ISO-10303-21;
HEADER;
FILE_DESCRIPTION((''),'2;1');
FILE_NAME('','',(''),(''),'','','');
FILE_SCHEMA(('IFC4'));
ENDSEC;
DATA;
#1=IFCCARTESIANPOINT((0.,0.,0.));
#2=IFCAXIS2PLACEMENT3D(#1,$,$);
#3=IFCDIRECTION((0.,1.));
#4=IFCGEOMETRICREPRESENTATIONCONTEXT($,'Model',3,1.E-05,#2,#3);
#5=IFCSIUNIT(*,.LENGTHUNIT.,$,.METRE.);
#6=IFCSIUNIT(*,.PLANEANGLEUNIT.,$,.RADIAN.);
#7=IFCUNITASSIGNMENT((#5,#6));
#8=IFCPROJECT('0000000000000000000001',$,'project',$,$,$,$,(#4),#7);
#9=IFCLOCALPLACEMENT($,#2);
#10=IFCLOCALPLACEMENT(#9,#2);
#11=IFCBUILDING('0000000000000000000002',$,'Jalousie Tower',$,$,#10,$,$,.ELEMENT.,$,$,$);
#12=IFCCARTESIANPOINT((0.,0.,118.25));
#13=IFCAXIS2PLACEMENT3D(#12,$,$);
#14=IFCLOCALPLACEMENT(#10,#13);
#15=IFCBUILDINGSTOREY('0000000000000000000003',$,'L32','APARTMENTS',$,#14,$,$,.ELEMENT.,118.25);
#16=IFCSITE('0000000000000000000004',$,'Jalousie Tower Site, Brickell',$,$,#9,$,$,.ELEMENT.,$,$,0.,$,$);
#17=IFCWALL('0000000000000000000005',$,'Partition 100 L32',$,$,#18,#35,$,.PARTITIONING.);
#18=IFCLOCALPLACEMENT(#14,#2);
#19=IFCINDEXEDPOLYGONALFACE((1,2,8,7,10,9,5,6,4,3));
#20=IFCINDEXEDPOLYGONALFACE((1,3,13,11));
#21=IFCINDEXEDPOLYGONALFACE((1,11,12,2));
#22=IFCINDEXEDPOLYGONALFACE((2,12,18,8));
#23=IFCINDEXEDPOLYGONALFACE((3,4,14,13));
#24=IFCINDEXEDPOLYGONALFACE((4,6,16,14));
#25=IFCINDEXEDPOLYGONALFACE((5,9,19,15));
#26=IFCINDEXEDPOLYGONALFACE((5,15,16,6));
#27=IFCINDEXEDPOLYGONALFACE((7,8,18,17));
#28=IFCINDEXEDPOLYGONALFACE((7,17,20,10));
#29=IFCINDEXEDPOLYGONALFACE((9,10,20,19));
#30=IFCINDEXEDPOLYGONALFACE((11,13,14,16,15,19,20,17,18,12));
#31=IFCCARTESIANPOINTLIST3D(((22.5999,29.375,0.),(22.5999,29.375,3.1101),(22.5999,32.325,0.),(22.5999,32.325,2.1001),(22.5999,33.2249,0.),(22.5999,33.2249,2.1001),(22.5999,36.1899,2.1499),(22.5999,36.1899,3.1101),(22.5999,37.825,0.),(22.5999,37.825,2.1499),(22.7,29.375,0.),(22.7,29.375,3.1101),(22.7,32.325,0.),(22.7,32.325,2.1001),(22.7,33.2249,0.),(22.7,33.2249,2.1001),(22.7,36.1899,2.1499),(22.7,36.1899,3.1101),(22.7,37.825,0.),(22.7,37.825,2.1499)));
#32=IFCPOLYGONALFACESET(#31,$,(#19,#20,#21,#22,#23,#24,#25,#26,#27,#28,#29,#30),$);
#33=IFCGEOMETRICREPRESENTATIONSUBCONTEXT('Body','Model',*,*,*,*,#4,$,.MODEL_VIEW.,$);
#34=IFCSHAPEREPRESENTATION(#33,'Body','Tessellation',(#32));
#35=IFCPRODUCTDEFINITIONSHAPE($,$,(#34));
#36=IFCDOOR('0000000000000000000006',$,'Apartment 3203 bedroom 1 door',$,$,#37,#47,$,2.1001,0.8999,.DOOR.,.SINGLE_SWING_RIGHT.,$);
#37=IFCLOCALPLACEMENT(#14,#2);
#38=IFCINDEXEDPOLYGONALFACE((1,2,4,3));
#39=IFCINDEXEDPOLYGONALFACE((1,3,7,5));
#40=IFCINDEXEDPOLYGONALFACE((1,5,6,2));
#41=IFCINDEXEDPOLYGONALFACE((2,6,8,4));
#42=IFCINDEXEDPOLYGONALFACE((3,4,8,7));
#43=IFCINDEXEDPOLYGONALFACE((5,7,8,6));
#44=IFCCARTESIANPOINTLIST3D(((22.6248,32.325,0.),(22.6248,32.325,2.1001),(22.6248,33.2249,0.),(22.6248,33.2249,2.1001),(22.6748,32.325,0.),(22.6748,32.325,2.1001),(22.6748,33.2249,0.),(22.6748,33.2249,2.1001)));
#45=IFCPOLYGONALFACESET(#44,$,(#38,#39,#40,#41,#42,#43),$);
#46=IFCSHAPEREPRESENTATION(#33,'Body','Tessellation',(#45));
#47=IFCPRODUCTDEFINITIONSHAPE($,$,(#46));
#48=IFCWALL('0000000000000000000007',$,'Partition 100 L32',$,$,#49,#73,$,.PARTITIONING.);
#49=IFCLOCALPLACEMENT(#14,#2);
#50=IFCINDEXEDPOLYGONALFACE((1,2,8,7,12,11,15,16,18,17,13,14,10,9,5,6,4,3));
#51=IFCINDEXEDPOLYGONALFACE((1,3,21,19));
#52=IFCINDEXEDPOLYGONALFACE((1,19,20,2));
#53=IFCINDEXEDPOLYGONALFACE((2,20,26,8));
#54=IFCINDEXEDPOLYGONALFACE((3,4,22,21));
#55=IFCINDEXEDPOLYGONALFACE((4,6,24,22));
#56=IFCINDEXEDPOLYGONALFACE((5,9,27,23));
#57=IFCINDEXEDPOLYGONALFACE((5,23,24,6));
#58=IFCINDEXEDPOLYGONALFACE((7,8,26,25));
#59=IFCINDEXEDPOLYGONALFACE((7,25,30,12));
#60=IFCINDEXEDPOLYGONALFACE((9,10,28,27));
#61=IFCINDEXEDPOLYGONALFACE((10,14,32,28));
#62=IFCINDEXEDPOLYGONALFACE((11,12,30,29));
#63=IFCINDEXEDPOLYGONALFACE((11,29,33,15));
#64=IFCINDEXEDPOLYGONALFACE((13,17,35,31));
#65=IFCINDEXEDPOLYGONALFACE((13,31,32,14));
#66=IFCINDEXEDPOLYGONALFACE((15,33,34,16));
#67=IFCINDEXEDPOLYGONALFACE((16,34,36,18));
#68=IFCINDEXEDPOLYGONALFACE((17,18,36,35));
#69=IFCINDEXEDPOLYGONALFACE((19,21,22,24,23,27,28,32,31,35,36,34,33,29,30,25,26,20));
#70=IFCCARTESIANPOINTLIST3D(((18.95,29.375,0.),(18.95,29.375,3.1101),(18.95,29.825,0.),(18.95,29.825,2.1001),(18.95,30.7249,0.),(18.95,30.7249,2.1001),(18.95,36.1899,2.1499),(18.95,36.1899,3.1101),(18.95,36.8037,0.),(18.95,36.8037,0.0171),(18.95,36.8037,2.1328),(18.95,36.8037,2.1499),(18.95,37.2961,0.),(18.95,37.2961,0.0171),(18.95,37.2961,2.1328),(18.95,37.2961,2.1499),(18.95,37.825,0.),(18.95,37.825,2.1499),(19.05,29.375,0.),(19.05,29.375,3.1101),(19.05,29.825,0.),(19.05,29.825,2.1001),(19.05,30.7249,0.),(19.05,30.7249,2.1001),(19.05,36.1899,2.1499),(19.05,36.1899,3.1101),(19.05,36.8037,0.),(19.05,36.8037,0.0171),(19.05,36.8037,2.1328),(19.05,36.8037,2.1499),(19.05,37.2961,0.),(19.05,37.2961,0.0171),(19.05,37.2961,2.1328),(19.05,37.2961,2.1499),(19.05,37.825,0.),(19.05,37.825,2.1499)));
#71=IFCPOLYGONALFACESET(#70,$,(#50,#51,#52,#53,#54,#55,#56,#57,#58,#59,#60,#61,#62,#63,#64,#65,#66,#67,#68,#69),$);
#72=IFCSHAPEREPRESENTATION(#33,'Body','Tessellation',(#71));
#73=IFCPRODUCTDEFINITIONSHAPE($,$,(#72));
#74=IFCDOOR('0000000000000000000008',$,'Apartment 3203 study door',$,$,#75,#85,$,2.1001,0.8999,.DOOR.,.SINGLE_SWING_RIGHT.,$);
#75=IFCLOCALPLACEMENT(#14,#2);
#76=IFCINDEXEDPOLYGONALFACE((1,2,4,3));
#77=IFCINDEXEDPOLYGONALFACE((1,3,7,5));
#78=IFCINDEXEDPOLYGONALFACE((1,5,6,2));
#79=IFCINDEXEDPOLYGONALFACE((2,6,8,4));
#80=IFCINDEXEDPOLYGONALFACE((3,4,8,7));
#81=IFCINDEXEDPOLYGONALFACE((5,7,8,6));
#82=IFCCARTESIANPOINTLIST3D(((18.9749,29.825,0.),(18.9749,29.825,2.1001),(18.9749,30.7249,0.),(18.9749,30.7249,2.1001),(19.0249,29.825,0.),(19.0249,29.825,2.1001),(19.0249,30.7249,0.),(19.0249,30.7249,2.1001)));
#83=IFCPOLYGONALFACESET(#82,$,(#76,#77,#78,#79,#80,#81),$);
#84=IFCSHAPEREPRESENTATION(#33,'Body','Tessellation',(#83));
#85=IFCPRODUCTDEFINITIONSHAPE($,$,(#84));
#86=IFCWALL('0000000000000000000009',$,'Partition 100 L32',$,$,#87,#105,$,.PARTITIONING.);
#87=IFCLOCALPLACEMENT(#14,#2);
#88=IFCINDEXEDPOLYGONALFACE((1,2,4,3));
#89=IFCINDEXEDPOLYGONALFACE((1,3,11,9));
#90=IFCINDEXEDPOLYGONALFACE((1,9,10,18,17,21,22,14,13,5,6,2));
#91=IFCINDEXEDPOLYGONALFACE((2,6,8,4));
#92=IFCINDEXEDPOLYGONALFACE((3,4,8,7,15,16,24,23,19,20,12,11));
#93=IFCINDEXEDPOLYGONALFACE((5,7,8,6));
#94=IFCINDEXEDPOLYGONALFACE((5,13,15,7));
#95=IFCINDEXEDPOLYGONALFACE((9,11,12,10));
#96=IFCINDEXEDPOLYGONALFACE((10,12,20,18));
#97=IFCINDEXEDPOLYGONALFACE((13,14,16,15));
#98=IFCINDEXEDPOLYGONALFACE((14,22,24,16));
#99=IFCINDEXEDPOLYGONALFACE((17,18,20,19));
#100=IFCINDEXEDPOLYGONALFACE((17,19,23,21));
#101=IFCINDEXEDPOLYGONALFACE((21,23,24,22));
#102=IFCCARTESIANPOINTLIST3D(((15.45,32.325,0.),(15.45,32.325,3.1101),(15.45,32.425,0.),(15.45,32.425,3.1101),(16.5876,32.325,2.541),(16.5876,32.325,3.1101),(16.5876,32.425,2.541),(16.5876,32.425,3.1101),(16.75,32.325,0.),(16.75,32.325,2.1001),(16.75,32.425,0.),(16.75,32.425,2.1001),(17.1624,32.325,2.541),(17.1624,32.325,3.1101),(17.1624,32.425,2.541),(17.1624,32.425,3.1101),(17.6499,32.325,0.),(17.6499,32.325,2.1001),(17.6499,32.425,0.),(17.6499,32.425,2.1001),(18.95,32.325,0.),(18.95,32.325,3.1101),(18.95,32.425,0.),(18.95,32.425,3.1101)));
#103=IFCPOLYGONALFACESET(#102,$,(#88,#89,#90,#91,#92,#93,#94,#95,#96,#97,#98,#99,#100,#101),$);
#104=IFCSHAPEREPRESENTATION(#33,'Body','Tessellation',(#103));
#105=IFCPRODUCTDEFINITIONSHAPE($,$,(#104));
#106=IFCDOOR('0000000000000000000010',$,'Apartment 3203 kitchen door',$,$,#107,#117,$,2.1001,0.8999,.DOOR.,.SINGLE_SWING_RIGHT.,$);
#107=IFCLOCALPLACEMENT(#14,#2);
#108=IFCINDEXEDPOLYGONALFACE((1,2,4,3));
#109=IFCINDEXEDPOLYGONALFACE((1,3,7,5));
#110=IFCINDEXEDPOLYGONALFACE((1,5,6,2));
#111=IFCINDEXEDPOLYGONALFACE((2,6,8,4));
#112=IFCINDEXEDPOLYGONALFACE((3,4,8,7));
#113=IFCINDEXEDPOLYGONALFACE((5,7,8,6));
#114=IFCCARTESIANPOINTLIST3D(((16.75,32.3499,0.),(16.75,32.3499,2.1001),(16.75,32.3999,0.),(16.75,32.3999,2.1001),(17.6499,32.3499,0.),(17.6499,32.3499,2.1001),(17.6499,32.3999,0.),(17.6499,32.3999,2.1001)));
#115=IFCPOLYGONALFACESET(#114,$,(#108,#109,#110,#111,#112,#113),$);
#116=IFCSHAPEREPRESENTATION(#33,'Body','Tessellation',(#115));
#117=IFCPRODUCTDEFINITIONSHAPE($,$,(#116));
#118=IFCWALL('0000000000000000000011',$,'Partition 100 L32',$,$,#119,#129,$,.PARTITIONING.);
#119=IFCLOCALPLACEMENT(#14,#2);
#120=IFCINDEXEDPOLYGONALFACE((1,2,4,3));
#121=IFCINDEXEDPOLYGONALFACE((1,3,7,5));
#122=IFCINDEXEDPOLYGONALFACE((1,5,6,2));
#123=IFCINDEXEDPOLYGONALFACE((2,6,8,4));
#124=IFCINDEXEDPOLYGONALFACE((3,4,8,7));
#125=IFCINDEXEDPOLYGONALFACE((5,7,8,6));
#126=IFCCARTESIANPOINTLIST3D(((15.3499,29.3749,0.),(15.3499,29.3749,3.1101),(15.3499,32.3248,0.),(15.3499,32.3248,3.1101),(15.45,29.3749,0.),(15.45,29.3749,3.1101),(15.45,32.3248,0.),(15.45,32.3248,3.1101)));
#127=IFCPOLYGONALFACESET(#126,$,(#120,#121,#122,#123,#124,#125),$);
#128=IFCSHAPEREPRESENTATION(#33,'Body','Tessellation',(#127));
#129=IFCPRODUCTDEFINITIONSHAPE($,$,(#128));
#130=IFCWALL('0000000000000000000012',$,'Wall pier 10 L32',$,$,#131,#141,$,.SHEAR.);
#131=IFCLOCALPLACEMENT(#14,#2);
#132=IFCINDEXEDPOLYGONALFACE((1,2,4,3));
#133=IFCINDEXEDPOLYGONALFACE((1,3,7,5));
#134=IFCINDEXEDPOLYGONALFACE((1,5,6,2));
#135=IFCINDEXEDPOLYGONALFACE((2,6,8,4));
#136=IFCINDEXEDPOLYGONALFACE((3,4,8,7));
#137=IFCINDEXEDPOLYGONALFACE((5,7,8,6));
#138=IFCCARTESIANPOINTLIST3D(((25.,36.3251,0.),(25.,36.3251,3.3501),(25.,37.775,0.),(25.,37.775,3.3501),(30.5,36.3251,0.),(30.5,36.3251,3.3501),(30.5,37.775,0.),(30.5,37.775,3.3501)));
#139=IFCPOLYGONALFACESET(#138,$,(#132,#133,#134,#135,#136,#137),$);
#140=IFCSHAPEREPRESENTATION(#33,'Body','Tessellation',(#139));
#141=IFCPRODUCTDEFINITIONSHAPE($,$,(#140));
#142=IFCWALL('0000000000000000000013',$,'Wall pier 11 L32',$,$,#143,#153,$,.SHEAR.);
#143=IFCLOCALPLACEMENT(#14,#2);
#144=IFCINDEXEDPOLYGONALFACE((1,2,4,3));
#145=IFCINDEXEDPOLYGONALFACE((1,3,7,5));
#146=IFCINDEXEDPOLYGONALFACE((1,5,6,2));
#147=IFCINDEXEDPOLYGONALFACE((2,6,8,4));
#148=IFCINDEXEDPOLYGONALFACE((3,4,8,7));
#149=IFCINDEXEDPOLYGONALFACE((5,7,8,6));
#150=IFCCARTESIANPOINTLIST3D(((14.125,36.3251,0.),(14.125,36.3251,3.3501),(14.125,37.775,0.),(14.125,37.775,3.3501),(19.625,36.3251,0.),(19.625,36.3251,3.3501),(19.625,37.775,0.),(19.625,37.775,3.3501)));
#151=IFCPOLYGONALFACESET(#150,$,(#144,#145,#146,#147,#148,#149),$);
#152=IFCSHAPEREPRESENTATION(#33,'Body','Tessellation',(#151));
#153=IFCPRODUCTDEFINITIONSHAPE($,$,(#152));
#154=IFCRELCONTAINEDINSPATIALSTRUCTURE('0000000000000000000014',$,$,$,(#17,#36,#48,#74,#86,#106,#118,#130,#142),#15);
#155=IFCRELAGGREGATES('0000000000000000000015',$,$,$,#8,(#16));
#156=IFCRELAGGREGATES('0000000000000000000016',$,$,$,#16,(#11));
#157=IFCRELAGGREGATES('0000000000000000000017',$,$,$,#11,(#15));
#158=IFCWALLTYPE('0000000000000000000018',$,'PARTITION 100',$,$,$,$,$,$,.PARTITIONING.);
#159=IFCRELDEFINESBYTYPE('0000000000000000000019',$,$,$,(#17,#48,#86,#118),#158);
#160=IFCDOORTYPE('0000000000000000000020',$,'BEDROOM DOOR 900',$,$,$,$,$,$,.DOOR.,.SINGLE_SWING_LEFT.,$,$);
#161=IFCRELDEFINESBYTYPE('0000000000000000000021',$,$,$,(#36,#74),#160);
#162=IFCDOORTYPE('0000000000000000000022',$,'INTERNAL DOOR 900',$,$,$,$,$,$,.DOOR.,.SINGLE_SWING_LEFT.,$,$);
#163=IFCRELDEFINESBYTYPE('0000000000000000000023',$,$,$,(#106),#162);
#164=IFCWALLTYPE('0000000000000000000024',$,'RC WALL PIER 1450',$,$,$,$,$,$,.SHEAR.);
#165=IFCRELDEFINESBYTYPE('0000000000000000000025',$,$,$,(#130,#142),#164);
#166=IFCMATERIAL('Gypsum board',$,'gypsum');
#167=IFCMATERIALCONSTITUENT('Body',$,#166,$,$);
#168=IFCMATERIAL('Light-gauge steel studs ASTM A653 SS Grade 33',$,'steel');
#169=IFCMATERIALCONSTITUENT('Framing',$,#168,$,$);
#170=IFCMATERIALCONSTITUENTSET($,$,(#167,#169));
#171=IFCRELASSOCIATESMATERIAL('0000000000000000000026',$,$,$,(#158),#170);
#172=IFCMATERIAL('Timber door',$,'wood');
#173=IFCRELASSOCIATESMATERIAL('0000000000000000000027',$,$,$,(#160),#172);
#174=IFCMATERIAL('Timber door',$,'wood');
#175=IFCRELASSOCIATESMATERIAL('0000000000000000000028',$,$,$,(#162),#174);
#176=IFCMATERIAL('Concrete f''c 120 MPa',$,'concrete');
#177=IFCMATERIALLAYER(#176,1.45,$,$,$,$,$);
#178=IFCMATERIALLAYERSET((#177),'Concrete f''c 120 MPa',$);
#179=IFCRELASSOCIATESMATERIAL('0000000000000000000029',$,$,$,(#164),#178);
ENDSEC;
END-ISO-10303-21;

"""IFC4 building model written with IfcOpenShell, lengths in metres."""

from ifc_helpers import new_model, si_unit, direction, frame, frame_2d, origin, place, context, subcontext, project, spatial, polyline, rectangle, outline, extrude, material, layer, layer_set, constituent, constituent_set, type_object, element, fill, save


model = new_model("IFC4")

# Units and contexts
model_context = context("Model", 3, precision=1e-05, world=origin(), true_north=direction((0.0, 1.0)))
body_context = subcontext(model_context, "Body", "Model", "MODEL_VIEW")
ifc_project = project(units=[si_unit("LENGTHUNIT", "METRE"), si_unit("PLANEANGLEUNIT", "RADIAN")], contexts=[model_context])

# Site, building, storey
site_placement = place(None, origin())
site = spatial("IfcSite", under=ifc_project, at=site_placement, Name="Jalousie Tower Site, Brickell", CompositionType="ELEMENT", RefElevation=0.0)
building_placement = place(site_placement, origin())
building = spatial("IfcBuilding", under=site, at=building_placement, Name="Jalousie Tower", CompositionType="ELEMENT")
storey_placement = place(building_placement, frame((0.0, 0.0, 118.25)))
storey = spatial("IfcBuildingStorey", under=building, at=storey_placement, Name="L32", Description="APARTMENTS", CompositionType="ELEMENT", Elevation=118.25)

# Walls, openings, doors
ifc_material_1 = material(Name="Gypsum board", Category="gypsum")
ifc_constituent_1 = constituent(ifc_material_1, Name="Body")
ifc_material_2 = material(Name="Light-gauge steel studs ASTM A653 SS Grade 33", Category="steel")
ifc_constituent_2 = constituent(ifc_material_2, Name="Framing")
ifc_constituent_set_1 = constituent_set(constituents=[ifc_constituent_1, ifc_constituent_2])
wall_type_1 = type_object("IfcWallType", Name="PARTITION 100", PredefinedType="PARTITIONING", material=ifc_constituent_set_1)
wall_1_placement = place(storey_placement, frame((22.6499, 37.825, 0.0), z_axis=(0.0, 0.0, 1.0), x_axis=(0.0, -1.0, 0.0)))
wall_1 = element("IfcWall", 1, at=wall_1_placement, inside=storey, type_object=wall_type_1, Name="Partition 100 L32", PredefinedType="PARTITIONING", context=body_context, shape_type="SweptSolid", body=[
    extrude(outline(polyline([(0.0, 0.0), (8.45, 0.0), (8.45, 3.1101), (1.635, 3.1101), (1.635, 2.1499), (0.0, 2.1499), (0.0, 3.1101), (0.0, 0.0)])), frame((0.0, 0.05, 0.0), z_axis=(0.0, -1.0, 0.0), x_axis=(1.0, 0.0, 0.0)), (0.0, 0.0, 1.0), 0.1001),
])
opening_1_placement = place(wall_1_placement, frame((4.6001, 0.0, 0.0)))
opening_1 = element("IfcOpeningElement", 2, at=opening_1_placement, cuts=wall_1, PredefinedType="OPENING", context=body_context, shape_type="SweptSolid", body=[
    extrude(rectangle(XDim=0.8999, YDim=2.1001, at=frame_2d((0.45, 1.05))), frame((0.0, 0.0601, 0.0), z_axis=(0.0, -1.0, 0.0), x_axis=(1.0, 0.0, 0.0)), (0.0, 0.0, 1.0), 0.1201),
])
ifc_material_3 = material(Name="Timber door", Category="wood")
door_type_1 = type_object("IfcDoorType", Name="BEDROOM DOOR 900", OperationType="SINGLE_SWING_LEFT", PredefinedType="DOOR", material=ifc_material_3)
door_1_placement = place(opening_1_placement, origin())
door_1 = element("IfcDoor", 3, at=door_1_placement, inside=storey, type_object=door_type_1, Name="Apartment 3203 bedroom 1 door", OperationType="SINGLE_SWING_RIGHT", OverallHeight=2.1001, OverallWidth=0.8999, PredefinedType="DOOR", context=body_context, shape_type="SweptSolid", body=[
    extrude(rectangle(XDim=0.8999, YDim=2.1001, at=frame_2d((0.45, 1.05))), frame((0.0, 0.0249, 0.0), z_axis=(0.0, -1.0, 0.0), x_axis=(1.0, 0.0, 0.0)), (0.0, 0.0, 1.0), 0.05),
])
fill(opening_1, door_1)
wall_2_placement = place(storey_placement, frame((19.0, 37.825, 0.0), z_axis=(0.0, 0.0, 1.0), x_axis=(0.0, -1.0, 0.0)))
wall_2 = element("IfcWall", 4, at=wall_2_placement, inside=storey, type_object=wall_type_1, Name="Partition 100 L32", PredefinedType="PARTITIONING", context=body_context, shape_type="SweptSolid", body=[
    extrude(outline(polyline([(0.5288, 2.1499), (0.0, 2.1499), (0.0, 0.0), (0.5288, 0.0), (0.5288, 0.0171), (1.0212, 0.0171), (1.0212, 0.0), (8.45, 0.0), (8.45, 3.1101), (1.635, 3.1101), (1.635, 2.1499), (1.0212, 2.1499), (1.0212, 2.1328), (0.5288, 2.1328), (0.5288, 2.1499)])), frame((0.0, 0.05, 0.0), z_axis=(0.0, -1.0, 0.0), x_axis=(1.0, 0.0, 0.0)), (0.0, 0.0, 1.0), 0.1001),
])
opening_2_placement = place(wall_2_placement, frame((7.1001, 0.0, 0.0)))
opening_2 = element("IfcOpeningElement", 5, at=opening_2_placement, cuts=wall_2, PredefinedType="OPENING", context=body_context, shape_type="SweptSolid", body=[
    extrude(rectangle(XDim=0.8999, YDim=2.1001, at=frame_2d((0.45, 1.05))), frame((0.0, 0.0601, 0.0), z_axis=(0.0, -1.0, 0.0), x_axis=(1.0, 0.0, 0.0)), (0.0, 0.0, 1.0), 0.1201),
])
door_2_placement = place(opening_2_placement, origin())
door_2 = element("IfcDoor", 6, at=door_2_placement, inside=storey, type_object=door_type_1, Name="Apartment 3203 study door", OperationType="SINGLE_SWING_RIGHT", OverallHeight=2.1001, OverallWidth=0.8999, PredefinedType="DOOR", context=body_context, shape_type="SweptSolid", body=[
    extrude(rectangle(XDim=0.8999, YDim=2.1001, at=frame_2d((0.45, 1.05))), frame((0.0, 0.0249, 0.0), z_axis=(0.0, -1.0, 0.0), x_axis=(1.0, 0.0, 0.0)), (0.0, 0.0, 1.0), 0.05),
])
fill(opening_2, door_2)
wall_3_placement = place(storey_placement, frame((15.45, 32.375, 0.0), z_axis=(0.0, 0.0, 1.0), x_axis=(1.0, 0.0, 0.0)))
wall_3 = element("IfcWall", 7, at=wall_3_placement, inside=storey, type_object=wall_type_1, Name="Partition 100 L32", PredefinedType="PARTITIONING", context=body_context, shape_type="SweptSolid", body=[
    extrude(outline(polyline([(0.0, 0.0), (3.5, 0.0), (3.5, 3.1101), (1.7124, 3.1101), (1.7124, 2.541), (1.1377, 2.541), (1.1377, 3.1101), (0.0, 3.1101), (0.0, 0.0)])), frame((0.0, 0.05, 0.0), z_axis=(0.0, -1.0, 0.0), x_axis=(1.0, 0.0, 0.0)), (0.0, 0.0, 1.0), 0.1001),
])
opening_3_placement = place(wall_3_placement, frame((1.3, 0.0, 0.0)))
opening_3 = element("IfcOpeningElement", 8, at=opening_3_placement, cuts=wall_3, PredefinedType="OPENING", context=body_context, shape_type="SweptSolid", body=[
    extrude(rectangle(XDim=0.8999, YDim=2.1001, at=frame_2d((0.45, 1.05))), frame((0.0, 0.0601, 0.0), z_axis=(0.0, -1.0, 0.0), x_axis=(1.0, 0.0, 0.0)), (0.0, 0.0, 1.0), 0.1201),
])
ifc_material_4 = material(Name="Timber door", Category="wood")
door_type_2 = type_object("IfcDoorType", Name="INTERNAL DOOR 900", OperationType="SINGLE_SWING_LEFT", PredefinedType="DOOR", material=ifc_material_4)
door_3_placement = place(opening_3_placement, origin())
door_3 = element("IfcDoor", 9, at=door_3_placement, inside=storey, type_object=door_type_2, Name="Apartment 3203 kitchen door", OperationType="SINGLE_SWING_RIGHT", OverallHeight=2.1001, OverallWidth=0.8999, PredefinedType="DOOR", context=body_context, shape_type="SweptSolid", body=[
    extrude(rectangle(XDim=0.8999, YDim=2.1001, at=frame_2d((0.45, 1.05))), frame((0.0, 0.0249, 0.0), z_axis=(0.0, -1.0, 0.0), x_axis=(1.0, 0.0, 0.0)), (0.0, 0.0, 1.0), 0.05),
])
fill(opening_3, door_3)

# Walls
wall_4_placement = place(storey_placement, frame((15.3999, 32.325, 0.0), z_axis=(0.0, 0.0, 1.0), x_axis=(0.0, -1.0, 0.0)))
element("IfcWall", 10, at=wall_4_placement, inside=storey, type_object=wall_type_1, Name="Partition 100 L32", PredefinedType="PARTITIONING", context=body_context, shape_type="SweptSolid", body=[
    extrude(rectangle(XDim=2.95, YDim=0.1001, at=frame_2d((1.4751, 0.0))), origin(), (0.0, 0.0, 1.0), 3.1101),
])
ifc_material_5 = material(Name="Concrete f'c 120 MPa", Category="concrete")
ifc_layer_1 = layer(ifc_material_5, 1.45)
ifc_layer_set_1 = layer_set([ifc_layer_1], Name="Concrete f'c 120 MPa")
wall_type_2 = type_object("IfcWallType", Name="RC WALL PIER 1450", PredefinedType="SHEAR", material=ifc_layer_set_1)
for number, where, z_axis, x_axis, name in (
    (11, (25.0, 37.05, 0.0), (0.0, 0.0, 1.0), (1.0, 0.0, 0.0), "Wall pier 10 L32"),
    (12, (14.125, 37.05, 0.0), (0.0, 0.0, 1.0), (1.0, 0.0, 0.0), "Wall pier 11 L32"),
):
    element("IfcWall", number, at=place(storey_placement, frame(where, z_axis=z_axis, x_axis=x_axis)), inside=storey, type_object=wall_type_2, Name=name, PredefinedType="SHEAR", context=body_context, shape_type="SweptSolid", body=[
        extrude(rectangle(XDim=5.5, YDim=1.45, at=frame_2d((2.75, 0.0))), origin(), (0.0, 0.0, 1.0), 3.3501),
    ])

save(model, "model.ifc")
